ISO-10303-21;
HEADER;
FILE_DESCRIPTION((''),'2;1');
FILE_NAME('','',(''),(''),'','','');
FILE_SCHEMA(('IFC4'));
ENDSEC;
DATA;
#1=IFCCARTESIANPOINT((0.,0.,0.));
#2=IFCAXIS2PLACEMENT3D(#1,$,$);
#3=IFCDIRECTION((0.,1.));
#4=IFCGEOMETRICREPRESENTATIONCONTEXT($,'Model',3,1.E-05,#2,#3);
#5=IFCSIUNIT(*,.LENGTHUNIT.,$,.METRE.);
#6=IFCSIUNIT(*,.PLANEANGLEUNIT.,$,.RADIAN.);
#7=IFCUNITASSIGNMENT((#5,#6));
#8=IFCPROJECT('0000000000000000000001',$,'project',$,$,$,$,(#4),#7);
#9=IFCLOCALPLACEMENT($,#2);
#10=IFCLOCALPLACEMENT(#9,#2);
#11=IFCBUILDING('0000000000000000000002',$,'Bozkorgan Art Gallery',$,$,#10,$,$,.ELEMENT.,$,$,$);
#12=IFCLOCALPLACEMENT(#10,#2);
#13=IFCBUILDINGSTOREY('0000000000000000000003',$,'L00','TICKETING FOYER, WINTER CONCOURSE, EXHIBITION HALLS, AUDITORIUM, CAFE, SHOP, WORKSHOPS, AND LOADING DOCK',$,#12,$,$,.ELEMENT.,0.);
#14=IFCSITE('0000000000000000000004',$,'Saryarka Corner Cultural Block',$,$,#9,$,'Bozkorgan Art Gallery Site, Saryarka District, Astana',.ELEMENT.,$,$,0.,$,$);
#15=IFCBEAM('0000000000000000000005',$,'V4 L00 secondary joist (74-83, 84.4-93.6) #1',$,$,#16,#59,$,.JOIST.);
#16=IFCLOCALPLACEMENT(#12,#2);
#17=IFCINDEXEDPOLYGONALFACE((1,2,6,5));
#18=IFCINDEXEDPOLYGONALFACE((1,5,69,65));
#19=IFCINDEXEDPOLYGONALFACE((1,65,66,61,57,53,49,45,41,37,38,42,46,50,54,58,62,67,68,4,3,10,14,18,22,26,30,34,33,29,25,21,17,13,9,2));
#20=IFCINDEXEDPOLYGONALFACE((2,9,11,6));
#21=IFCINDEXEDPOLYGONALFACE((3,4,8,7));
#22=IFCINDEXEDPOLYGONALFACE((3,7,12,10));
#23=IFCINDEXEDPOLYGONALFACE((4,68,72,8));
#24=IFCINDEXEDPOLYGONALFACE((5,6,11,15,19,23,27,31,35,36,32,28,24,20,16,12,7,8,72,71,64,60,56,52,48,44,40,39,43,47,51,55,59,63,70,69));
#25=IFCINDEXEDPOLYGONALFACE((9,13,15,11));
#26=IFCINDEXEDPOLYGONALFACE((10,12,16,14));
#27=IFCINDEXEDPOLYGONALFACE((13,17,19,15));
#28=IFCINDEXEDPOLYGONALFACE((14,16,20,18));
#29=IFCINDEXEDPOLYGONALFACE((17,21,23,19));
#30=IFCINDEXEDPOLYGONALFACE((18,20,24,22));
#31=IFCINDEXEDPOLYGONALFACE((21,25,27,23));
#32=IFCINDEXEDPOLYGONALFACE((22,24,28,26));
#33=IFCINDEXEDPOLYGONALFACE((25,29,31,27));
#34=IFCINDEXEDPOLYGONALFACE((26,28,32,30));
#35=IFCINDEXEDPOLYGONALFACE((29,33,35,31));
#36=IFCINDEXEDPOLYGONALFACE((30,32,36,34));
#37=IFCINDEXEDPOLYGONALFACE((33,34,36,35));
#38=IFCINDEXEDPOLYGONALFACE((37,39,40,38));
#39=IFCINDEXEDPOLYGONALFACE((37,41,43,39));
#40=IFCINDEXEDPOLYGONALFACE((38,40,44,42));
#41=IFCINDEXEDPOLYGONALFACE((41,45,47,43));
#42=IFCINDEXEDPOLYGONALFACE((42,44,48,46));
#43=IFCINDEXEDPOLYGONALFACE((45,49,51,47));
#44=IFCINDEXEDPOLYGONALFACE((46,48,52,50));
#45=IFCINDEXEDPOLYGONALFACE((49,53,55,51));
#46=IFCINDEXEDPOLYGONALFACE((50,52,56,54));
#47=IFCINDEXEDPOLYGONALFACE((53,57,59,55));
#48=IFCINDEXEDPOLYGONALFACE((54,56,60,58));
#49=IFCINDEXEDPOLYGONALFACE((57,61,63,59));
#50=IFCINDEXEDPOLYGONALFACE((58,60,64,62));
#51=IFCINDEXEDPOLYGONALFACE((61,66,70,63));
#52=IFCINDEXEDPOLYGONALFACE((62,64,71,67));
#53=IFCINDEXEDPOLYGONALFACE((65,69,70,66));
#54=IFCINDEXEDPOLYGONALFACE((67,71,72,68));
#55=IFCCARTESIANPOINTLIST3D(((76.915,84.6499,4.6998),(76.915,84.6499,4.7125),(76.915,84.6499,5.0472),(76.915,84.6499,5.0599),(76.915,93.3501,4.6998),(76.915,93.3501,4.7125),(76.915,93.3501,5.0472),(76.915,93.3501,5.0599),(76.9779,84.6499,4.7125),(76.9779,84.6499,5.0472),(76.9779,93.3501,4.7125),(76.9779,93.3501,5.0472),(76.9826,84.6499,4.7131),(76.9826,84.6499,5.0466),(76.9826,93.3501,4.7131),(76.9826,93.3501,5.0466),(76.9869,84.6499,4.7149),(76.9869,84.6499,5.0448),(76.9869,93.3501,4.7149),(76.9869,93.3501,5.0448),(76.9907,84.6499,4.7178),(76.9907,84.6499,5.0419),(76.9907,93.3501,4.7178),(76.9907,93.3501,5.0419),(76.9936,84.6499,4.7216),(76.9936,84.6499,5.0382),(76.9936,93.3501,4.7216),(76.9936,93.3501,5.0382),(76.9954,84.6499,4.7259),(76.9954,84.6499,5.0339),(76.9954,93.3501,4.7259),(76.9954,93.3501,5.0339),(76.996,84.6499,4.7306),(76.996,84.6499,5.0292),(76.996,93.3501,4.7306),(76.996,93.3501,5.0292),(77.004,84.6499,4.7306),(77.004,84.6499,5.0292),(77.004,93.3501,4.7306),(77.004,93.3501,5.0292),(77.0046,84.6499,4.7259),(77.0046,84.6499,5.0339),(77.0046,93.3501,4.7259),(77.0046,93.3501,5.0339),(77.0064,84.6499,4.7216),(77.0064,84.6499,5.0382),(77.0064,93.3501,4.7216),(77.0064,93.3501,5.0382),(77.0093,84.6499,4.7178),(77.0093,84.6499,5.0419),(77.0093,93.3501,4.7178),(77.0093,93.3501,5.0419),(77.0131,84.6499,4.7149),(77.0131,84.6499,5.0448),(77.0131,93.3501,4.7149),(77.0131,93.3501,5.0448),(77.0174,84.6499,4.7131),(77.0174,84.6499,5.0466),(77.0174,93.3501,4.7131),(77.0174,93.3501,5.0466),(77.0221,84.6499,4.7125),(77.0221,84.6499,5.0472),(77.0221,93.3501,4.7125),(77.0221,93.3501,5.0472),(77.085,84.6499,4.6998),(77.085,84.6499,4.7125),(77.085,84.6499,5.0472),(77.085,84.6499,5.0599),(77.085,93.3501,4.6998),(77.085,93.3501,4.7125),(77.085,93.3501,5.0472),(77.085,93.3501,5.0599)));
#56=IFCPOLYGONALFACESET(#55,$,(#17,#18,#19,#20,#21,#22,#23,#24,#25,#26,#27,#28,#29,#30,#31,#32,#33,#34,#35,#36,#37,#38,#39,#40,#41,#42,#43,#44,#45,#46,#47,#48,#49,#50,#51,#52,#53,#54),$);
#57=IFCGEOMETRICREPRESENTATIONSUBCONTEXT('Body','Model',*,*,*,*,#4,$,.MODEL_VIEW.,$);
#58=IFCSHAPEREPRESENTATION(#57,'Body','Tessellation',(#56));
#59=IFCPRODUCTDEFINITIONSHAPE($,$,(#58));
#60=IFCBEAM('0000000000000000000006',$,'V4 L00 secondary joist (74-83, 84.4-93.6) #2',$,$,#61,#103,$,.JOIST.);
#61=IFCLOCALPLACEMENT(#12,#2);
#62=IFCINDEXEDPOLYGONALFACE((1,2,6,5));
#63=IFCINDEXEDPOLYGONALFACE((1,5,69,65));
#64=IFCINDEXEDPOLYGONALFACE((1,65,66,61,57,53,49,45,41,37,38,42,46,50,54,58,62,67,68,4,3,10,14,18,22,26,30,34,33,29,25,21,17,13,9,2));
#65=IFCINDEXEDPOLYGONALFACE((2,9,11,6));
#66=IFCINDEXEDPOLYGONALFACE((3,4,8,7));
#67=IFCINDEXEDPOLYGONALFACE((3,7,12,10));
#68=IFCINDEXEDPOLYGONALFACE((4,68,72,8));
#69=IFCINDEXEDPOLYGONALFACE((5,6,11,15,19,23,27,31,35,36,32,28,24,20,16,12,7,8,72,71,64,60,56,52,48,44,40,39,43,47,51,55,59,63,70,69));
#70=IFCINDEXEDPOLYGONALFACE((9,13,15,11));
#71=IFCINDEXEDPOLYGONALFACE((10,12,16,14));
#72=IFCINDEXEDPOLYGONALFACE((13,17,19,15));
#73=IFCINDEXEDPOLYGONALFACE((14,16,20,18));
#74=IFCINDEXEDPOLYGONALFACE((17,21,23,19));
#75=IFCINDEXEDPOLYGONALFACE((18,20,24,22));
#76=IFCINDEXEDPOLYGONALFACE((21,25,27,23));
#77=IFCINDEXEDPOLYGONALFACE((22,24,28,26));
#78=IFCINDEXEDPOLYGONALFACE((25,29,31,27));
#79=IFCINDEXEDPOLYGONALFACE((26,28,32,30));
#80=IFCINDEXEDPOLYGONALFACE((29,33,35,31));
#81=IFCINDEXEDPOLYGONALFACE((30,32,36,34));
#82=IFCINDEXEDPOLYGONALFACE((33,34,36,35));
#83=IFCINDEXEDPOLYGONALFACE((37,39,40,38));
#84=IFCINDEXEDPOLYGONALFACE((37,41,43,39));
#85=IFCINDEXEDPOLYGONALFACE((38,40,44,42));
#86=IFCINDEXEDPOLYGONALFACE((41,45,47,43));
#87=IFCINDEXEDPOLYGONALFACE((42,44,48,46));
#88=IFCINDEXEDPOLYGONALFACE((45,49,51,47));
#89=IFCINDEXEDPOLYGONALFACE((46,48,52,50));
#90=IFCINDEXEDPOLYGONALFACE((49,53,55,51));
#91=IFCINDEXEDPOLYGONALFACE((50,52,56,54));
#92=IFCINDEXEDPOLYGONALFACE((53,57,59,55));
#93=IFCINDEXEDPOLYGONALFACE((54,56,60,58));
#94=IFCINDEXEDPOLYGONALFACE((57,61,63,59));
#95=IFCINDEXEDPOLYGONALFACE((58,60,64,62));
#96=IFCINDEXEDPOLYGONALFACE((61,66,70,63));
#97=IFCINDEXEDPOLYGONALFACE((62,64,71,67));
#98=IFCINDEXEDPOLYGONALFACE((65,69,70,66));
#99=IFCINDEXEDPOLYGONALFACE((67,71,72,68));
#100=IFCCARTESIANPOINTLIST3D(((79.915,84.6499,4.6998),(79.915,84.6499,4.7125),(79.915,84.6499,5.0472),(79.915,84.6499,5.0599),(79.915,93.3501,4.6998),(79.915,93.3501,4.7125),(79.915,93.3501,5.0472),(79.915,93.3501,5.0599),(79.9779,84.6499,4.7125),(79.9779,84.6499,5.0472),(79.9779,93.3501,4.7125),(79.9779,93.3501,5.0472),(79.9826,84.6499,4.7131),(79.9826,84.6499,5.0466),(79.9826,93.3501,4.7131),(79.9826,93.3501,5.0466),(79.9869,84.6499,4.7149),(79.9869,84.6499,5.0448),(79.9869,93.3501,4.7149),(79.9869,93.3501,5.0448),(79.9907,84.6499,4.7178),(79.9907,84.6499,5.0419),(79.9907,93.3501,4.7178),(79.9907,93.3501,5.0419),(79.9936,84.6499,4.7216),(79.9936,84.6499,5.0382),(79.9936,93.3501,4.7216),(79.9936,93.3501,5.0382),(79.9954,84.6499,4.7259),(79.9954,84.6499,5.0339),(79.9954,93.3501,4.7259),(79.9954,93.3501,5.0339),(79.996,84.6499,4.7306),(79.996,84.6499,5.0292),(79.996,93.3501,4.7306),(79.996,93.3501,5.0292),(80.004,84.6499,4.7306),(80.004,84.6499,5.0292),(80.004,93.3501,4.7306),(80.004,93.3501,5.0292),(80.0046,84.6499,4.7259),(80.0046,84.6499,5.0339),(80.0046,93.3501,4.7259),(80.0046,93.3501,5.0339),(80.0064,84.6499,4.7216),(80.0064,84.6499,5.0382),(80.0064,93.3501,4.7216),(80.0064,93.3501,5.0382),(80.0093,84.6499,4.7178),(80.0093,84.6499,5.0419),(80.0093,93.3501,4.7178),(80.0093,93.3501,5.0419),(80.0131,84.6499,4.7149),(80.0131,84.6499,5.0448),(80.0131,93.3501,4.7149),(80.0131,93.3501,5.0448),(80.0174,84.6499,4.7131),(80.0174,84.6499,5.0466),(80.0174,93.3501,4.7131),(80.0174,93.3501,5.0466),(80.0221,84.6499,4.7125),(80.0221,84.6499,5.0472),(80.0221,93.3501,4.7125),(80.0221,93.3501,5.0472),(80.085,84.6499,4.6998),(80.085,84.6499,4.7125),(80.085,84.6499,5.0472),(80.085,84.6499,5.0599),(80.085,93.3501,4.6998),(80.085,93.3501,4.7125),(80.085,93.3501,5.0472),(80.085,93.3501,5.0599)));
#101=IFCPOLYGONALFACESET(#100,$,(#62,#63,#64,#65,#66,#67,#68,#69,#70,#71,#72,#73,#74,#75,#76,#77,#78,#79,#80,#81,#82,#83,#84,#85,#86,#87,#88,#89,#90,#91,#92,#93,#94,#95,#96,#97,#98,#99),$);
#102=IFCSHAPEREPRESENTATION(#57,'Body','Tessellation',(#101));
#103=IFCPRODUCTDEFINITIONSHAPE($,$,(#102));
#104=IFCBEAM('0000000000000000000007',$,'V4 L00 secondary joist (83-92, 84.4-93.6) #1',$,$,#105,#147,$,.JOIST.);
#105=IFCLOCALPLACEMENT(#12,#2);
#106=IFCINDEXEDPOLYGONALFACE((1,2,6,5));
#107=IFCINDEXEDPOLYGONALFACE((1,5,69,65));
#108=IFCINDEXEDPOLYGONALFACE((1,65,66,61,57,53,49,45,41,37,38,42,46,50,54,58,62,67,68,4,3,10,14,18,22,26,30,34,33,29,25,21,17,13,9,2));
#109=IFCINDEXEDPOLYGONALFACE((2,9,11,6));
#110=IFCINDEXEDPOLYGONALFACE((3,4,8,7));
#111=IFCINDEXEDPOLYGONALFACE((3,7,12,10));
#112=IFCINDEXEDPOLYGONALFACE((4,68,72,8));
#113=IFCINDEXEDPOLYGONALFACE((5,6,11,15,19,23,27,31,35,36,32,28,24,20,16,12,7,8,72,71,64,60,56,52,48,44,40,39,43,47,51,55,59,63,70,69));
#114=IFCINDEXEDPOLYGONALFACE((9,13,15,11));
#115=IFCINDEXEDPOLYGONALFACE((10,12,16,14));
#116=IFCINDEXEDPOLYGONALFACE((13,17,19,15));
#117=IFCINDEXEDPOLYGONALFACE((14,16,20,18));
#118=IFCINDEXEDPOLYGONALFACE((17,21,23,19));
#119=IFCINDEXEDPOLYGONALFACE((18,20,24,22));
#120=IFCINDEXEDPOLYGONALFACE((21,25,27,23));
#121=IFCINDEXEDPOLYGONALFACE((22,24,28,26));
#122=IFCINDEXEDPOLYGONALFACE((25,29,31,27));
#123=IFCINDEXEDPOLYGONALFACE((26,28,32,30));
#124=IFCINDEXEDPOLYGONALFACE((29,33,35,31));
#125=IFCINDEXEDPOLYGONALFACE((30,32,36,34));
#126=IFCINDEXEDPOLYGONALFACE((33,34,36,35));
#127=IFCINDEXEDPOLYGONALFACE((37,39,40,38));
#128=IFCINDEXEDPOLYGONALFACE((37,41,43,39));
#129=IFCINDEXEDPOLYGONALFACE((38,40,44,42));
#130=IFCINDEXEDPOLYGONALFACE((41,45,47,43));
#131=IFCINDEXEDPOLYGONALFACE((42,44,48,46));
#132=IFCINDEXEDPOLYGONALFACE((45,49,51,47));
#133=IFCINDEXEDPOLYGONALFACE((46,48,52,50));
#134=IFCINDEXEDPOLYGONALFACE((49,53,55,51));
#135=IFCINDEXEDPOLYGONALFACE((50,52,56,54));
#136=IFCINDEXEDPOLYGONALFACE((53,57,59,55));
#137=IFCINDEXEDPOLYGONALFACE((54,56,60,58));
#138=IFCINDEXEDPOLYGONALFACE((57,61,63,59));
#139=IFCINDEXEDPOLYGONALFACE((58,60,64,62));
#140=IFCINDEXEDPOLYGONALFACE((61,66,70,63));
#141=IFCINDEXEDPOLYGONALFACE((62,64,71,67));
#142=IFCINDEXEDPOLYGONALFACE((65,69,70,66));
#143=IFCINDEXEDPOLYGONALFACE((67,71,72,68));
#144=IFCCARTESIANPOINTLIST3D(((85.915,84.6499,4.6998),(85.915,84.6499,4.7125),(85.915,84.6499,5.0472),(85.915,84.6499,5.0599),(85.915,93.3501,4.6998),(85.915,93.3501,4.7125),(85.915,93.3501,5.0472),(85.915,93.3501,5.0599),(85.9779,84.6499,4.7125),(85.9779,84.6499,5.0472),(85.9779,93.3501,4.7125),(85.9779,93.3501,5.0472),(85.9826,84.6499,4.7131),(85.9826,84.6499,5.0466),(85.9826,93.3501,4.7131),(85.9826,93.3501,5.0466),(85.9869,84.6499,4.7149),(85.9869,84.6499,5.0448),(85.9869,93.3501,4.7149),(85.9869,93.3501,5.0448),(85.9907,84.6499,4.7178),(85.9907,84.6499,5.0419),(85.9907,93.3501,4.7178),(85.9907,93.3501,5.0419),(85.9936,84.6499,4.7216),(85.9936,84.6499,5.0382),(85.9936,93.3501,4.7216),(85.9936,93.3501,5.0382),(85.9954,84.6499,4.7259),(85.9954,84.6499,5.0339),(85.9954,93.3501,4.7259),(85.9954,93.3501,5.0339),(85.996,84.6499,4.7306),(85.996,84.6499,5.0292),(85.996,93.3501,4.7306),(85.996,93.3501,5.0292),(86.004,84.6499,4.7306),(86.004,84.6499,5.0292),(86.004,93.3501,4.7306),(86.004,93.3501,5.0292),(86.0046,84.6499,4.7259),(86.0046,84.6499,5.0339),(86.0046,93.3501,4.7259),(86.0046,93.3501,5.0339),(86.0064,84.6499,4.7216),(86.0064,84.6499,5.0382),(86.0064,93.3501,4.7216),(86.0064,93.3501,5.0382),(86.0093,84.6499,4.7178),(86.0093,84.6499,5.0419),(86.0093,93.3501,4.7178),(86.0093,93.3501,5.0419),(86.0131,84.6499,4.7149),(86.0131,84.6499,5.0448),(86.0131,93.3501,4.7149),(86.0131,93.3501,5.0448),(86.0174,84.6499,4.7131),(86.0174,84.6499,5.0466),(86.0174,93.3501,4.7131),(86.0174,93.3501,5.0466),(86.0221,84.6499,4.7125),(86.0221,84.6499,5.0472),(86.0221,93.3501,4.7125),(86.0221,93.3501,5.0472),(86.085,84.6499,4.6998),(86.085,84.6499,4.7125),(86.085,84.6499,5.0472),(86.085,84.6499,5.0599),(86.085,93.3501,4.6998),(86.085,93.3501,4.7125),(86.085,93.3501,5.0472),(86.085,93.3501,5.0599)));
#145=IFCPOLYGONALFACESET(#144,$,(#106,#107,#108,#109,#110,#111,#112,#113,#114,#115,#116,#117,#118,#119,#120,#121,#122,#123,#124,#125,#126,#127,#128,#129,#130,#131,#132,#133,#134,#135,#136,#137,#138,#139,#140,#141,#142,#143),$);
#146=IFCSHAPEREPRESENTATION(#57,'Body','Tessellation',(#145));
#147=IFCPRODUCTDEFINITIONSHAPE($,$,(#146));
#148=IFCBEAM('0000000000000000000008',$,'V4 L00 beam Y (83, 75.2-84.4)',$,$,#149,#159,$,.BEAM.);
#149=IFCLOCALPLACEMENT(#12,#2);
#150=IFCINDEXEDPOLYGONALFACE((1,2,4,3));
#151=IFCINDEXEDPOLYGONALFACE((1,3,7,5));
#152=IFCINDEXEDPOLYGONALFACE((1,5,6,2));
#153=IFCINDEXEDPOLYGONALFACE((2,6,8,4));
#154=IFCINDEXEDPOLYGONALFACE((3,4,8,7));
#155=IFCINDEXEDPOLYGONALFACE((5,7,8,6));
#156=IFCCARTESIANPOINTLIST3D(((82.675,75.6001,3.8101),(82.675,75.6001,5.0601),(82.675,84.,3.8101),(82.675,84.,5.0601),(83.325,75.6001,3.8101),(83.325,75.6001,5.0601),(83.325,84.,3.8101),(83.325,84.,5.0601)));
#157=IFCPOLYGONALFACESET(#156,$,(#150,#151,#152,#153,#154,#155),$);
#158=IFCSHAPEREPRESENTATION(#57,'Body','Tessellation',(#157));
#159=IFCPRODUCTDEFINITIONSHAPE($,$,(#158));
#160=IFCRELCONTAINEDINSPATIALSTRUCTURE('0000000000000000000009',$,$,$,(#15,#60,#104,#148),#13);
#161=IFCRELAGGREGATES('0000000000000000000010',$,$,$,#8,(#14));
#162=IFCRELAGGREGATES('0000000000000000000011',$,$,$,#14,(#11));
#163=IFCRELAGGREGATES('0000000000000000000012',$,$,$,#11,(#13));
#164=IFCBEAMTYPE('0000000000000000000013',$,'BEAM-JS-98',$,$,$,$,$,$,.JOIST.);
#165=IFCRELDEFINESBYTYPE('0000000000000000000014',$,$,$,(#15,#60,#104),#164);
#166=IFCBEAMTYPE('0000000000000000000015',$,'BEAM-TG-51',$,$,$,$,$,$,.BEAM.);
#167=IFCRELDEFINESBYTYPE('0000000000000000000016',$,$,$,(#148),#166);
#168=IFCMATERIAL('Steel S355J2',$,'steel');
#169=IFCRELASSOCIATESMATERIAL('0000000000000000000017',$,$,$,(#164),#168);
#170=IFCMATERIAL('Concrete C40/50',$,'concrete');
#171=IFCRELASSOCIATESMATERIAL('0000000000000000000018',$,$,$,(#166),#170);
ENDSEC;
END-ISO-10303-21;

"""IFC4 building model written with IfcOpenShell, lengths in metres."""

from ifc_helpers import new_model, si_unit, direction, frame, origin, origin_2d, place, context, subcontext, project, spatial, rectangle, i_section, extrude, material, material_profile, profile_set, type_object, element, save


model = new_model("IFC4")

# Units and contexts
model_context = context("Model", 3, precision=1e-05, world=origin(), true_north=direction((0.0, 1.0)))
body_context = subcontext(model_context, "Body", "Model", "MODEL_VIEW")
ifc_project = project(units=[si_unit("LENGTHUNIT", "METRE"), si_unit("PLANEANGLEUNIT", "RADIAN")], contexts=[model_context])

# Site, building, storey
site_placement = place(None, origin())
site = spatial("IfcSite", under=ifc_project, at=site_placement, Name="Saryarka Corner Cultural Block", LongName="Bozkorgan Art Gallery Site, Saryarka District, Astana", CompositionType="ELEMENT", RefElevation=0.0)
building_placement = place(site_placement, origin())
building = spatial("IfcBuilding", under=site, at=building_placement, Name="Bozkorgan Art Gallery", CompositionType="ELEMENT")
storey_placement = place(building_placement, origin())
storey = spatial("IfcBuildingStorey", under=building, at=storey_placement, Name="L00", Description="TICKETING FOYER, WINTER CONCOURSE, EXHIBITION HALLS, AUDITORIUM, CAFE, SHOP, WORKSHOPS, AND LOADING DOCK", CompositionType="ELEMENT", Elevation=0.0)

# Shared definitions
ifc_material_1 = material(Name="Steel S355J2", Category="steel")
ifc_material_2 = material(Name="Concrete C40/50", Category="concrete")

# Beams
ifc_material_profile_1 = material_profile(ifc_material_1, i_section(OverallWidth=0.1699, OverallDepth=0.3601, WebThickness=0.0081, FlangeThickness=0.0127, FilletRadius=0.0181, at=origin_2d()), Name="IPE 360")
ifc_profile_set_1 = profile_set([ifc_material_profile_1], Name="Steel S355J2")
beam_type_1 = type_object("IfcBeamType", Name="BEAM-JS-98", PredefinedType="JOIST", material=ifc_profile_set_1)
for number, where, z_axis, x_axis, name in (
    (1, (77.0, 84.6499, 4.8799), (0.0, 1.0, 0.0), (-1.0, 0.0, 0.0), "V4 L00 secondary joist (74-83, 84.4-93.6) #1"),
    (2, (80.0, 84.6499, 4.8799), (0.0, 1.0, 0.0), (-1.0, 0.0, 0.0), "V4 L00 secondary joist (74-83, 84.4-93.6) #2"),
    (3, (86.0, 84.6499, 4.8799), (0.0, 1.0, 0.0), (-1.0, 0.0, 0.0), "V4 L00 secondary joist (83-92, 84.4-93.6) #1"),
):
    element("IfcBeam", number, at=place(storey_placement, frame(where, z_axis=z_axis, x_axis=x_axis)), inside=storey, type_object=beam_type_1, Name=name, PredefinedType="JOIST", context=body_context, shape_type="SweptSolid", body=[
        extrude(i_section(OverallWidth=0.1699, OverallDepth=0.3601, WebThickness=0.0081, FlangeThickness=0.0127, FilletRadius=0.0181, at=origin_2d()), origin(), (0.0, 0.0, 1.0), 8.7002),
    ])
ifc_material_profile_2 = material_profile(ifc_material_2, rectangle(XDim=0.6499, YDim=1.25, at=origin_2d()), Name="RC 650x1250")
ifc_profile_set_2 = profile_set([ifc_material_profile_2], Name="Concrete C40/50")
beam_type_2 = type_object("IfcBeamType", Name="BEAM-TG-51", PredefinedType="BEAM", material=ifc_profile_set_2)
beam_1_placement = place(storey_placement, frame((83.0, 75.6001, 4.4351), z_axis=(0.0, 1.0, 0.0), x_axis=(-1.0, 0.0, 0.0)))
element("IfcBeam", 4, at=beam_1_placement, inside=storey, type_object=beam_type_2, Name="V4 L00 beam Y (83, 75.2-84.4)", PredefinedType="BEAM", context=body_context, shape_type="SweptSolid", body=[
    extrude(rectangle(XDim=0.6499, YDim=1.25, at=origin_2d()), origin(), (0.0, 0.0, 1.0), 8.3999),
])

save(model, "model.ifc")
